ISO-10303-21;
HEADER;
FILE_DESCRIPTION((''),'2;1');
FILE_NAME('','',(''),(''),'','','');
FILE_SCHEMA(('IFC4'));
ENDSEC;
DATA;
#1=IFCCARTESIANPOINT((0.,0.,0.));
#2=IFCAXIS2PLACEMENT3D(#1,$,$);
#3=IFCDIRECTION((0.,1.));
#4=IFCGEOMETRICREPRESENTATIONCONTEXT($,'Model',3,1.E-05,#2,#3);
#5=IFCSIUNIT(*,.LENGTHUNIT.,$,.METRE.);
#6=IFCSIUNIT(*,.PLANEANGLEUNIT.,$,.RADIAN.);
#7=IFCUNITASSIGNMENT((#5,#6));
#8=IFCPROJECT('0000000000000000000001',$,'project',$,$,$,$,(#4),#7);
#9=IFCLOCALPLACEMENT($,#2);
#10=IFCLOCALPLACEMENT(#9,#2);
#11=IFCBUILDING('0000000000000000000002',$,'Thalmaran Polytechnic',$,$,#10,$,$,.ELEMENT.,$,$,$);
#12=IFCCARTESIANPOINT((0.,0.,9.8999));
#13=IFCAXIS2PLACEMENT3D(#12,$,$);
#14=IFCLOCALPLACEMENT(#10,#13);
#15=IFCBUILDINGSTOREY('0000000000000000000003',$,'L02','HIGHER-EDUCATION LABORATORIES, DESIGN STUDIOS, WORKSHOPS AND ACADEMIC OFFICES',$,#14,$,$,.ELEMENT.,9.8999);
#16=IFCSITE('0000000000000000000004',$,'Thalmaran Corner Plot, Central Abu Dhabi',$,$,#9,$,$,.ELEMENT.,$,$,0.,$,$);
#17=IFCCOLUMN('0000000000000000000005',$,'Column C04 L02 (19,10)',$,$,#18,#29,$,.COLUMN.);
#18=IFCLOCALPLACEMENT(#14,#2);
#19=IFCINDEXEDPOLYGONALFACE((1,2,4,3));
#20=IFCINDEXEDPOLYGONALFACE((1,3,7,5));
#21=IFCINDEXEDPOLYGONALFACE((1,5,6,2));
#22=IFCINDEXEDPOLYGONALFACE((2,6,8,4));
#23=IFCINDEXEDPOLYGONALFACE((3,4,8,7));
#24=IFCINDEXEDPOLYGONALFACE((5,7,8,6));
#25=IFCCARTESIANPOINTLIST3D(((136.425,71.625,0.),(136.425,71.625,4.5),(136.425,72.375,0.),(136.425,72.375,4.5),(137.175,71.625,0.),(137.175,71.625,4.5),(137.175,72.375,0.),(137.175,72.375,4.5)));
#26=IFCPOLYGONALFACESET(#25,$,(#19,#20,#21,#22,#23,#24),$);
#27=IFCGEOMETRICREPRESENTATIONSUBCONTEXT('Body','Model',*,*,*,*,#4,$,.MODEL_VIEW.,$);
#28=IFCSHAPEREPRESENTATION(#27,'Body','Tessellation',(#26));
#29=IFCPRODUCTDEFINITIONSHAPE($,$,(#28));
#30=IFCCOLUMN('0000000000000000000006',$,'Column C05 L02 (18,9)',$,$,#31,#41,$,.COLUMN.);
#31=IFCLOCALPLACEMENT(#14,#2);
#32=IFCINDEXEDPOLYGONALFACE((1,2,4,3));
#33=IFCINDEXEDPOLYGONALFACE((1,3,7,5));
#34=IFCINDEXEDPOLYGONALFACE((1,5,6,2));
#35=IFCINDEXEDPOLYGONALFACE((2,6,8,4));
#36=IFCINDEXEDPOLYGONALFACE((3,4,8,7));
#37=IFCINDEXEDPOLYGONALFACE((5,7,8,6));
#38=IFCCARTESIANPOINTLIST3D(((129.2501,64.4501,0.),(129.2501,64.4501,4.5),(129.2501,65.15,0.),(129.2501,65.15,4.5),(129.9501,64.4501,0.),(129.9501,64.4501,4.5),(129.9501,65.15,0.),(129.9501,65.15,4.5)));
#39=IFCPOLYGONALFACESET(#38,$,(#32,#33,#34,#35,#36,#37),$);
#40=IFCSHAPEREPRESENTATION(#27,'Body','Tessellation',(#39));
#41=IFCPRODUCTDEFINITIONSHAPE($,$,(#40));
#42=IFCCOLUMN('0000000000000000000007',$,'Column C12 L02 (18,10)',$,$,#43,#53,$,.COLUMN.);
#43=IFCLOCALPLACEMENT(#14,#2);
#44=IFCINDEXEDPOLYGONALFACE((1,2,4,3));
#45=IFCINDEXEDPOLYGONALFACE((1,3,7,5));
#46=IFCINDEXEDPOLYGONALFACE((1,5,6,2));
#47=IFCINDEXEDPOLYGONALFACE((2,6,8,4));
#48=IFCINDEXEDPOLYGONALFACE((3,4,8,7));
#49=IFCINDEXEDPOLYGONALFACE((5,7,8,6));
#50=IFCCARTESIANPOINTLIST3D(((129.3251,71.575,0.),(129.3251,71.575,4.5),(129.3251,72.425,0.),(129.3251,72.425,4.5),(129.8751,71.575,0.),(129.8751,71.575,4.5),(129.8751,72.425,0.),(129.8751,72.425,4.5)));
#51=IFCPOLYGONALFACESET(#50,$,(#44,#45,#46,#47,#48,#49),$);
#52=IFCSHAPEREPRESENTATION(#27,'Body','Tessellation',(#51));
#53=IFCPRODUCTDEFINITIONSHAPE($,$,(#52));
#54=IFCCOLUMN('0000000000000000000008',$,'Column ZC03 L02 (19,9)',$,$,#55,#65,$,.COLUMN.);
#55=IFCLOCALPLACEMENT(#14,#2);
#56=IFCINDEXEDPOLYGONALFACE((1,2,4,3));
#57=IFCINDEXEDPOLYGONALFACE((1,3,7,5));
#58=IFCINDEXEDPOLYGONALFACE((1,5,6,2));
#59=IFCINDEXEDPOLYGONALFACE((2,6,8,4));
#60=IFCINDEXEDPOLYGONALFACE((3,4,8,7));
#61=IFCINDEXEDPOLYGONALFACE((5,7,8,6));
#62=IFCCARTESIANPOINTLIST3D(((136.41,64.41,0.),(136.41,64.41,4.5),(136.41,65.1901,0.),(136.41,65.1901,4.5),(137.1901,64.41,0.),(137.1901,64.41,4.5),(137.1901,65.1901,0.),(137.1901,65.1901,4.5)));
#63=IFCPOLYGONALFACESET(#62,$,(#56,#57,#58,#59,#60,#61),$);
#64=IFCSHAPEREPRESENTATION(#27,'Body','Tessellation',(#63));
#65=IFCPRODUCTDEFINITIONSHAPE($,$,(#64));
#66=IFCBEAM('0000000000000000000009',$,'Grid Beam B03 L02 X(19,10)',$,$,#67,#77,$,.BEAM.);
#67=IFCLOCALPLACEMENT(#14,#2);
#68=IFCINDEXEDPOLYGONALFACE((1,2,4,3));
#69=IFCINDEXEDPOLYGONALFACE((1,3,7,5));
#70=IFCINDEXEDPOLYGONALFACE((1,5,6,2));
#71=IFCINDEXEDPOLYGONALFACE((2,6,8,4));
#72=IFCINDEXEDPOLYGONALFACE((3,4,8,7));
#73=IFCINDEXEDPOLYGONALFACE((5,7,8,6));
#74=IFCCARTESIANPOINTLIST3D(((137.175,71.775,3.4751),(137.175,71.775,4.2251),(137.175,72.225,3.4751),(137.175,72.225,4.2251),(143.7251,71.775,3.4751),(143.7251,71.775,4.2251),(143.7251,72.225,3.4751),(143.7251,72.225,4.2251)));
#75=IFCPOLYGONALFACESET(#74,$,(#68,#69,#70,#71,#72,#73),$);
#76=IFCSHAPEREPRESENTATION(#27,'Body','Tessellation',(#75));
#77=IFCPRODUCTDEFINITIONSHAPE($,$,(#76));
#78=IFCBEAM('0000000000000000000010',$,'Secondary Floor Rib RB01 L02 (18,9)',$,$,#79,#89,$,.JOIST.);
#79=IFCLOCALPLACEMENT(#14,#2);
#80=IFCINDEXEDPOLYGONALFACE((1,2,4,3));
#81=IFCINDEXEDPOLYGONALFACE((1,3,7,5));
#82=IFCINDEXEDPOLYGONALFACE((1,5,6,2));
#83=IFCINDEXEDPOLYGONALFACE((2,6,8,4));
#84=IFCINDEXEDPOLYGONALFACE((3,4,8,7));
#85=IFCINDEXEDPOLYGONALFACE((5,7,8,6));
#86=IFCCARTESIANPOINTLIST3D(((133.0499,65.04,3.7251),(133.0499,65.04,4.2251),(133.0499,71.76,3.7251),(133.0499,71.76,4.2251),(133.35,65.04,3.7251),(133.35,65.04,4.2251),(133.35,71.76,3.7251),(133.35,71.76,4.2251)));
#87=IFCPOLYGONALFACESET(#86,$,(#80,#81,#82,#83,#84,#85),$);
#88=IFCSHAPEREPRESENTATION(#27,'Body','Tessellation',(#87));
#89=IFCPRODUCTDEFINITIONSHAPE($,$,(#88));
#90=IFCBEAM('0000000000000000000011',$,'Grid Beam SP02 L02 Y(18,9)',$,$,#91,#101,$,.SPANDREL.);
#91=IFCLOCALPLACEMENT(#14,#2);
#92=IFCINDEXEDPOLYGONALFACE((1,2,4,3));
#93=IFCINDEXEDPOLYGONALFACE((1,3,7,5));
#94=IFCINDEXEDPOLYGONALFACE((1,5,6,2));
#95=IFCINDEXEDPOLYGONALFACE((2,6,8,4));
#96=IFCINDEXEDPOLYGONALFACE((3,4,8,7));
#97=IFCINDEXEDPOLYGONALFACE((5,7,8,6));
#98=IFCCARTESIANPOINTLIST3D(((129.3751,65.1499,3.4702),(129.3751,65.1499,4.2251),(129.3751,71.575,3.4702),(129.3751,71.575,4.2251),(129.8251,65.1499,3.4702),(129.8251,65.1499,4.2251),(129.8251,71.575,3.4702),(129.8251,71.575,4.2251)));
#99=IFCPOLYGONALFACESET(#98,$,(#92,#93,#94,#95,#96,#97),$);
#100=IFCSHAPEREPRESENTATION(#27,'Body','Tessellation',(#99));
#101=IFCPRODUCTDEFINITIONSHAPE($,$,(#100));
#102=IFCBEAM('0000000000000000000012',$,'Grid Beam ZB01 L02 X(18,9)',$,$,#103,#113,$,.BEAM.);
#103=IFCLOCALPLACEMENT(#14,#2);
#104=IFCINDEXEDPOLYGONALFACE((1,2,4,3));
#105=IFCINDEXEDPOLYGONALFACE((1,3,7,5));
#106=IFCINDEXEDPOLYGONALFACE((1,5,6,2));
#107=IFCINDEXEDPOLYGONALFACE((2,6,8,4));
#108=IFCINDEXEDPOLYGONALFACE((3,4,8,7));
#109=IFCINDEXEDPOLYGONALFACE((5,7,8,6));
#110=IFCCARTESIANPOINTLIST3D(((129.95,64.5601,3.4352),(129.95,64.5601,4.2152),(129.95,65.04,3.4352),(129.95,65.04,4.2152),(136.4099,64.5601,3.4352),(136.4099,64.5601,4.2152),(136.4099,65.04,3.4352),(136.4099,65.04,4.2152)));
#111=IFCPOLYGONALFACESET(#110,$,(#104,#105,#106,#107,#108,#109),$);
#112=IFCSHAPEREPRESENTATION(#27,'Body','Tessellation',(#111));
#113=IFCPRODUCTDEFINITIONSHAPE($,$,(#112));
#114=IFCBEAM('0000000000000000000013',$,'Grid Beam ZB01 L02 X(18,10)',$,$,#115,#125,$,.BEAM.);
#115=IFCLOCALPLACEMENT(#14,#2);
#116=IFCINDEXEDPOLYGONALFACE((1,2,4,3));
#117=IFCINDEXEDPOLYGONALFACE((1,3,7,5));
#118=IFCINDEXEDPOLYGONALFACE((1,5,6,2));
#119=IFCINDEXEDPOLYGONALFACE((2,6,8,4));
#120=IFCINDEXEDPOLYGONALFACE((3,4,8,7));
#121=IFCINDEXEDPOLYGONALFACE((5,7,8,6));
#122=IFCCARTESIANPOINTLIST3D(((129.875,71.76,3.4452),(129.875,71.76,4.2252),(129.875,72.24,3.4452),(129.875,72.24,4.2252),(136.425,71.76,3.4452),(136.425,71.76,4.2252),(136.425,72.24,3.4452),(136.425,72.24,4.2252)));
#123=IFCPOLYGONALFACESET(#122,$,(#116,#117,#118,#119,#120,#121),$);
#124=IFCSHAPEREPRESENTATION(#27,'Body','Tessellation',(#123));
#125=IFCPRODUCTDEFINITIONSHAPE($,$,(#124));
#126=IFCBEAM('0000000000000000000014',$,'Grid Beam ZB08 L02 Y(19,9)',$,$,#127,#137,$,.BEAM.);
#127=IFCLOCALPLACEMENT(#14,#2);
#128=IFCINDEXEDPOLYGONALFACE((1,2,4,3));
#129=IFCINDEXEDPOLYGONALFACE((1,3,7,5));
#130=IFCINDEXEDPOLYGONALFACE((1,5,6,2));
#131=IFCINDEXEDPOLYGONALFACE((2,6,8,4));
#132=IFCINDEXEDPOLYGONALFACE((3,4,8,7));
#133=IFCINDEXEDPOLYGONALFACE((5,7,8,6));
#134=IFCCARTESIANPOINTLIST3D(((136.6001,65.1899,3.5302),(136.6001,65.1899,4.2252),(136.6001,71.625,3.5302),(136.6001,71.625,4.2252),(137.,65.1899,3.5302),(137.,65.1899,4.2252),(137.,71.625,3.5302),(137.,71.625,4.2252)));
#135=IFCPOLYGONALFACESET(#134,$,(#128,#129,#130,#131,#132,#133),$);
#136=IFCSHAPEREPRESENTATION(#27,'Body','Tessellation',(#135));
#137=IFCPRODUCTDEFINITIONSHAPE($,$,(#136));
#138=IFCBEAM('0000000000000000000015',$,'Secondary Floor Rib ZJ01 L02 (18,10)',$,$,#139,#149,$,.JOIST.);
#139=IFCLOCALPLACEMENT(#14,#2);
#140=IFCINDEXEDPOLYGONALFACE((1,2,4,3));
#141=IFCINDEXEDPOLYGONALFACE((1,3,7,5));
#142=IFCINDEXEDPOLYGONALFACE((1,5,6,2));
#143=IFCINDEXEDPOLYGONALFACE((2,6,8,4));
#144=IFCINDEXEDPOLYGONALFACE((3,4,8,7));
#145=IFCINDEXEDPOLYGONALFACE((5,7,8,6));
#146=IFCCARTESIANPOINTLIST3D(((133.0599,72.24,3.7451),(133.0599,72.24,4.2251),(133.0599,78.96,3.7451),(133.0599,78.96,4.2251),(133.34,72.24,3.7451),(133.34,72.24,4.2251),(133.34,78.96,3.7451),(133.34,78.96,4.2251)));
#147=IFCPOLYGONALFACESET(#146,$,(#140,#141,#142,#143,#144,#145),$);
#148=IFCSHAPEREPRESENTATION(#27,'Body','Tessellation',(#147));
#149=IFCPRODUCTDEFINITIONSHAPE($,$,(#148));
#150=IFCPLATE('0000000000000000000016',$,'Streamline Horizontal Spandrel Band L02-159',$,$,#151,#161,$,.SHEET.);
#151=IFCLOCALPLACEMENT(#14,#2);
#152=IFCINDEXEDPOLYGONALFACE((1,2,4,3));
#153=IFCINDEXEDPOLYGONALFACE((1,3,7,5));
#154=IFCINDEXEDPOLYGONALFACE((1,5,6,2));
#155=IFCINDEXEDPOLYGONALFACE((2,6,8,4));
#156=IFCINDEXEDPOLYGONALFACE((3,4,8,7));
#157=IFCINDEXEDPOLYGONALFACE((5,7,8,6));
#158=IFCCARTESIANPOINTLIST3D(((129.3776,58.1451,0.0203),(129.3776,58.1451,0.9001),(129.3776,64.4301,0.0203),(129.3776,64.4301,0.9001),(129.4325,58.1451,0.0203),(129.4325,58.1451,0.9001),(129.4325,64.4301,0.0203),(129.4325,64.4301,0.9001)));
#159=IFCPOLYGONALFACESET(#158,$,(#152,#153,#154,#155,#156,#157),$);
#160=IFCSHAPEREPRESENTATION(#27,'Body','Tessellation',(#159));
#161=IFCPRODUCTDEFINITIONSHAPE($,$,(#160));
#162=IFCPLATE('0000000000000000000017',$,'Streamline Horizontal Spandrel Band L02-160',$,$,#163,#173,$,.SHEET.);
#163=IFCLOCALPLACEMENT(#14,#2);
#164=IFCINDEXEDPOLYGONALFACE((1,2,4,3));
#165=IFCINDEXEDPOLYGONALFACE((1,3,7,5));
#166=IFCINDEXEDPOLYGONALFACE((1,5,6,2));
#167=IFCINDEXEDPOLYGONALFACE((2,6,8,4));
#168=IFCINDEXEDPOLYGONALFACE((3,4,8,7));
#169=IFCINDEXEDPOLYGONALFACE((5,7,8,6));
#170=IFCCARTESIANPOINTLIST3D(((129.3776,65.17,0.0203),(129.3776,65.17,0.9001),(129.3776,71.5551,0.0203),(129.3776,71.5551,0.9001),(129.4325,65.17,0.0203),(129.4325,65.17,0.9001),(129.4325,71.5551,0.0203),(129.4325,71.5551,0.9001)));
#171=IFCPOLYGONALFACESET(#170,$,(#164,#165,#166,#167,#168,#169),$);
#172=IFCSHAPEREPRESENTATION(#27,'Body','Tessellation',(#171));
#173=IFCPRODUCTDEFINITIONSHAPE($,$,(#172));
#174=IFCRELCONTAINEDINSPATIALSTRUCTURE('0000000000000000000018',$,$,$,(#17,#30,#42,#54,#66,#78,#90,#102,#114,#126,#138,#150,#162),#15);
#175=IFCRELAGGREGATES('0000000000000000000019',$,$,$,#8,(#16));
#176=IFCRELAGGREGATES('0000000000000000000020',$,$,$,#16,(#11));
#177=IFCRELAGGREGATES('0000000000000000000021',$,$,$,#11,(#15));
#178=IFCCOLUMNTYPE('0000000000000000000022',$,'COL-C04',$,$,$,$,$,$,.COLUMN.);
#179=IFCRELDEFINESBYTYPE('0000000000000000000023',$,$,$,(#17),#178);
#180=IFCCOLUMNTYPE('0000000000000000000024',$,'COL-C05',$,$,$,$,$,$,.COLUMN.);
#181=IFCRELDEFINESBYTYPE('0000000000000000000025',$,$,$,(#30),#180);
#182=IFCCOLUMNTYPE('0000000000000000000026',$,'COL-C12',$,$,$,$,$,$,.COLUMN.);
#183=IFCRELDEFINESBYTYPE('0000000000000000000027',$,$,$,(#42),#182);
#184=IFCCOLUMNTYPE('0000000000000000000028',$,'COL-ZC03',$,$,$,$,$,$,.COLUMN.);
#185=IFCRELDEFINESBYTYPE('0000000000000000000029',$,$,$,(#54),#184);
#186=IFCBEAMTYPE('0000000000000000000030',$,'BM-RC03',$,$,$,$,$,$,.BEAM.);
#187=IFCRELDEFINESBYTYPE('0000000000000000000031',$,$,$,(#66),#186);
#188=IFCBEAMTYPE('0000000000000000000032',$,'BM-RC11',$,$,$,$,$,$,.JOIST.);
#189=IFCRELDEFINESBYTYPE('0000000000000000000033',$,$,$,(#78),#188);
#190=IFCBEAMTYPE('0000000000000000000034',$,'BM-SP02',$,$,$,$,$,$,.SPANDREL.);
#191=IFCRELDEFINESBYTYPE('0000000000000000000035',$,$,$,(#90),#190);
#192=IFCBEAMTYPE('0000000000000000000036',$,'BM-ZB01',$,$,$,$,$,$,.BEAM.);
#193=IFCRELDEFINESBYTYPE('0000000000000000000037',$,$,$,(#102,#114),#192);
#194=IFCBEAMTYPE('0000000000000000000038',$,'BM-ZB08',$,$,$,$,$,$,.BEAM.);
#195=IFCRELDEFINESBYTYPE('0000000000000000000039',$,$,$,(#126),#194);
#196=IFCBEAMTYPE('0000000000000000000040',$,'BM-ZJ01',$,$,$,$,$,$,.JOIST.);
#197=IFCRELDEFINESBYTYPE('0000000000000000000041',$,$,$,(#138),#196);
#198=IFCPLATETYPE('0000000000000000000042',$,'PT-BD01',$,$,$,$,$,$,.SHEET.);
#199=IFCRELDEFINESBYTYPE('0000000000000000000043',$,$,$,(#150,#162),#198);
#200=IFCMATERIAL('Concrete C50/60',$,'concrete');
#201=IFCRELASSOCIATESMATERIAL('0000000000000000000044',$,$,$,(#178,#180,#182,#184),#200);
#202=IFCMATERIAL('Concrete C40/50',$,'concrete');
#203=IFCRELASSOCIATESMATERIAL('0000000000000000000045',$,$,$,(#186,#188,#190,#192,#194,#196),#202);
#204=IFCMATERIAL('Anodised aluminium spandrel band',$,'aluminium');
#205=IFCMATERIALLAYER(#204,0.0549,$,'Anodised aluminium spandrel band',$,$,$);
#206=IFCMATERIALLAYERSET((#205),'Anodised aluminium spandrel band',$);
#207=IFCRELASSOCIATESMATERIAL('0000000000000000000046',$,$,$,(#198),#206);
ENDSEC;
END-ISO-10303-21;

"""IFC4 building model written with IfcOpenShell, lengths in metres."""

from ifc_helpers import new_model, si_unit, direction, frame, origin, origin_2d, place, context, subcontext, project, spatial, rectangle, extrude, material, layer, layer_set, material_profile, profile_set, type_object, element, save


model = new_model("IFC4")

# Units and contexts
model_context = context("Model", 3, precision=1e-05, world=origin(), true_north=direction((0.0, 1.0)))
body_context = subcontext(model_context, "Body", "Model", "MODEL_VIEW")
ifc_project = project(units=[si_unit("LENGTHUNIT", "METRE"), si_unit("PLANEANGLEUNIT", "RADIAN")], contexts=[model_context])

# Site, building, storey
site_placement = place(None, origin())
site = spatial("IfcSite", under=ifc_project, at=site_placement, Name="Thalmaran Corner Plot, Central Abu Dhabi", CompositionType="ELEMENT", RefElevation=0.0)
building_placement = place(site_placement, origin())
building = spatial("IfcBuilding", under=site, at=building_placement, Name="Thalmaran Polytechnic", CompositionType="ELEMENT")
storey_placement = place(building_placement, frame((0.0, 0.0, 9.8999)))
storey = spatial("IfcBuildingStorey", under=building, at=storey_placement, Name="L02", Description="HIGHER-EDUCATION LABORATORIES, DESIGN STUDIOS, WORKSHOPS AND ACADEMIC OFFICES", CompositionType="ELEMENT", Elevation=9.8999)

# Columns
ifc_material_1 = material(Name="Concrete C50/60", Category="concrete")
ifc_material_profile_1 = material_profile(ifc_material_1, rectangle(XDim=0.75, YDim=0.75, at=origin_2d()), Name="RC 750x750")
ifc_profile_set_1 = profile_set([ifc_material_profile_1], Name="Concrete C50/60")
column_type_1 = type_object("IfcColumnType", Name="COL-C04", PredefinedType="COLUMN", material=ifc_profile_set_1)
column_1_placement = place(storey_placement, frame((136.8, 72.0, 0.0), z_axis=(0.0, 0.0, 1.0), x_axis=(1.0, 0.0, 0.0)))
element("IfcColumn", 1, at=column_1_placement, inside=storey, type_object=column_type_1, Name="Column C04 L02 (19,10)", PredefinedType="COLUMN", context=body_context, shape_type="SweptSolid", body=[
    extrude(rectangle(XDim=0.75, YDim=0.75, at=origin_2d()), origin(), (0.0, 0.0, 1.0), 4.5),
])
ifc_material_profile_2 = material_profile(ifc_material_1, rectangle(XDim=0.7, YDim=0.7, at=origin_2d()), Name="RC 700x700")
ifc_profile_set_2 = profile_set([ifc_material_profile_2], Name="Concrete C50/60")
column_type_2 = type_object("IfcColumnType", Name="COL-C05", PredefinedType="COLUMN", material=ifc_profile_set_2)
column_2_placement = place(storey_placement, frame((129.6001, 64.8, 0.0), z_axis=(0.0, 0.0, 1.0), x_axis=(1.0, 0.0, 0.0)))
element("IfcColumn", 2, at=column_2_placement, inside=storey, type_object=column_type_2, Name="Column C05 L02 (18,9)", PredefinedType="COLUMN", context=body_context, shape_type="SweptSolid", body=[
    extrude(rectangle(XDim=0.7, YDim=0.7, at=origin_2d()), origin(), (0.0, 0.0, 1.0), 4.5),
])
ifc_material_profile_3 = material_profile(ifc_material_1, rectangle(XDim=0.55, YDim=0.8501, at=origin_2d()), Name="RC 550x850")
ifc_profile_set_3 = profile_set([ifc_material_profile_3], Name="Concrete C50/60")
column_type_3 = type_object("IfcColumnType", Name="COL-C12", PredefinedType="COLUMN", material=ifc_profile_set_3)
column_3_placement = place(storey_placement, frame((129.6001, 72.0, 0.0), z_axis=(0.0, 0.0, 1.0), x_axis=(1.0, 0.0, 0.0)))
element("IfcColumn", 3, at=column_3_placement, inside=storey, type_object=column_type_3, Name="Column C12 L02 (18,10)", PredefinedType="COLUMN", context=body_context, shape_type="SweptSolid", body=[
    extrude(rectangle(XDim=0.55, YDim=0.8501, at=origin_2d()), origin(), (0.0, 0.0, 1.0), 4.5),
])
ifc_material_profile_4 = material_profile(ifc_material_1, rectangle(XDim=0.78, YDim=0.78, at=origin_2d()), Name="RC 780x780")
ifc_profile_set_4 = profile_set([ifc_material_profile_4], Name="Concrete C50/60")
column_type_4 = type_object("IfcColumnType", Name="COL-ZC03", PredefinedType="COLUMN", material=ifc_profile_set_4)
column_4_placement = place(storey_placement, frame((136.8, 64.8, 0.0), z_axis=(0.0, 0.0, 1.0), x_axis=(1.0, 0.0, 0.0)))
element("IfcColumn", 4, at=column_4_placement, inside=storey, type_object=column_type_4, Name="Column ZC03 L02 (19,9)", PredefinedType="COLUMN", context=body_context, shape_type="SweptSolid", body=[
    extrude(rectangle(XDim=0.78, YDim=0.78, at=origin_2d()), origin(), (0.0, 0.0, 1.0), 4.5),
])

# Beams
ifc_material_2 = material(Name="Concrete C40/50", Category="concrete")
ifc_material_profile_5 = material_profile(ifc_material_2, rectangle(XDim=0.45, YDim=0.75, at=origin_2d()), Name="RC 450x750")
ifc_profile_set_5 = profile_set([ifc_material_profile_5], Name="Concrete C40/50")
beam_type_1 = type_object("IfcBeamType", Name="BM-RC03", PredefinedType="BEAM", material=ifc_profile_set_5)
beam_1_placement = place(storey_placement, frame((137.175, 72.0, 3.8501), z_axis=(1.0, 0.0, 0.0), x_axis=(0.0, 1.0, 0.0)))
element("IfcBeam", 5, at=beam_1_placement, inside=storey, type_object=beam_type_1, Name="Grid Beam B03 L02 X(19,10)", PredefinedType="BEAM", context=body_context, shape_type="SweptSolid", body=[
    extrude(rectangle(XDim=0.45, YDim=0.75, at=origin_2d()), origin(), (0.0, 0.0, 1.0), 6.55),
])
ifc_material_profile_6 = material_profile(ifc_material_2, rectangle(XDim=0.3, YDim=0.5, at=origin_2d()), Name="RC 300x500")
ifc_profile_set_6 = profile_set([ifc_material_profile_6], Name="Concrete C40/50")
beam_type_2 = type_object("IfcBeamType", Name="BM-RC11", PredefinedType="JOIST", material=ifc_profile_set_6)
beam_2_placement = place(storey_placement, frame((133.2, 65.04, 3.9751), z_axis=(0.0, 1.0, 0.0), x_axis=(-1.0, 0.0, 0.0)))
element("IfcBeam", 6, at=beam_2_placement, inside=storey, type_object=beam_type_2, Name="Secondary Floor Rib RB01 L02 (18,9)", PredefinedType="JOIST", context=body_context, shape_type="SweptSolid", body=[
    extrude(rectangle(XDim=0.3, YDim=0.5, at=origin_2d()), origin(), (0.0, 0.0, 1.0), 6.72),
])
ifc_material_profile_7 = material_profile(ifc_material_2, rectangle(XDim=0.45, YDim=0.7549, at=origin_2d()), Name="RC 450x755")
ifc_profile_set_7 = profile_set([ifc_material_profile_7], Name="Concrete C40/50")
beam_type_3 = type_object("IfcBeamType", Name="BM-SP02", PredefinedType="SPANDREL", material=ifc_profile_set_7)
beam_3_placement = place(storey_placement, frame((129.6001, 65.1499, 3.8477), z_axis=(0.0, 1.0, 0.0), x_axis=(-1.0, 0.0, 0.0)))
element("IfcBeam", 7, at=beam_3_placement, inside=storey, type_object=beam_type_3, Name="Grid Beam SP02 L02 Y(18,9)", PredefinedType="SPANDREL", context=body_context, shape_type="SweptSolid", body=[
    extrude(rectangle(XDim=0.45, YDim=0.7549, at=origin_2d()), origin(), (0.0, 0.0, 1.0), 6.425),
])
ifc_material_profile_8 = material_profile(ifc_material_2, rectangle(XDim=0.48, YDim=0.78, at=origin_2d()), Name="RC 480x780")
ifc_profile_set_8 = profile_set([ifc_material_profile_8], Name="Concrete C40/50")
beam_type_4 = type_object("IfcBeamType", Name="BM-ZB01", PredefinedType="BEAM", material=ifc_profile_set_8)
beam_4_placement = place(storey_placement, frame((129.95, 64.8, 3.8252), z_axis=(1.0, 0.0, 0.0), x_axis=(0.0, 1.0, 0.0)))
element("IfcBeam", 8, at=beam_4_placement, inside=storey, type_object=beam_type_4, Name="Grid Beam ZB01 L02 X(18,9)", PredefinedType="BEAM", context=body_context, shape_type="SweptSolid", body=[
    extrude(rectangle(XDim=0.48, YDim=0.78, at=origin_2d()), origin(), (0.0, 0.0, 1.0), 6.46),
])
beam_5_placement = place(storey_placement, frame((129.875, 72.0, 3.8352), z_axis=(1.0, 0.0, 0.0), x_axis=(0.0, 1.0, 0.0)))
element("IfcBeam", 9, at=beam_5_placement, inside=storey, type_object=beam_type_4, Name="Grid Beam ZB01 L02 X(18,10)", PredefinedType="BEAM", context=body_context, shape_type="SweptSolid", body=[
    extrude(rectangle(XDim=0.48, YDim=0.78, at=origin_2d()), origin(), (0.0, 0.0, 1.0), 6.55),
])
ifc_material_profile_9 = material_profile(ifc_material_2, rectangle(XDim=0.3999, YDim=0.6951, at=origin_2d()), Name="RC 400x695")
ifc_profile_set_9 = profile_set([ifc_material_profile_9], Name="Concrete C40/50")
beam_type_5 = type_object("IfcBeamType", Name="BM-ZB08", PredefinedType="BEAM", material=ifc_profile_set_9)
beam_6_placement = place(storey_placement, frame((136.8, 65.1899, 3.8777), z_axis=(0.0, 1.0, 0.0), x_axis=(-1.0, 0.0, 0.0)))
element("IfcBeam", 10, at=beam_6_placement, inside=storey, type_object=beam_type_5, Name="Grid Beam ZB08 L02 Y(19,9)", PredefinedType="BEAM", context=body_context, shape_type="SweptSolid", body=[
    extrude(rectangle(XDim=0.3999, YDim=0.6951, at=origin_2d()), origin(), (0.0, 0.0, 1.0), 6.4351),
])
ifc_material_profile_10 = material_profile(ifc_material_2, rectangle(XDim=0.28, YDim=0.48, at=origin_2d()), Name="RC 280x480")
ifc_profile_set_10 = profile_set([ifc_material_profile_10], Name="Concrete C40/50")
beam_type_6 = type_object("IfcBeamType", Name="BM-ZJ01", PredefinedType="JOIST", material=ifc_profile_set_10)
beam_7_placement = place(storey_placement, frame((133.2, 72.24, 3.9851), z_axis=(0.0, 1.0, 0.0), x_axis=(-1.0, 0.0, 0.0)))
element("IfcBeam", 11, at=beam_7_placement, inside=storey, type_object=beam_type_6, Name="Secondary Floor Rib ZJ01 L02 (18,10)", PredefinedType="JOIST", context=body_context, shape_type="SweptSolid", body=[
    extrude(rectangle(XDim=0.28, YDim=0.48, at=origin_2d()), origin(), (0.0, 0.0, 1.0), 6.72),
])

# Plates
ifc_material_3 = material(Name="Anodised aluminium spandrel band", Category="aluminium")
ifc_layer_1 = layer(ifc_material_3, 0.0549, Name="Anodised aluminium spandrel band")
ifc_layer_set_1 = layer_set([ifc_layer_1], Name="Anodised aluminium spandrel band")
plate_type = type_object("IfcPlateType", Name="PT-BD01", PredefinedType="SHEET", material=ifc_layer_set_1)
plate_1_placement = place(storey_placement, frame((129.405, 61.2876, 0.0203), z_axis=(0.0, 0.0, 1.0), x_axis=(0.0, 1.0, 0.0)))
element("IfcPlate", 12, at=plate_1_placement, inside=storey, type_object=plate_type, Name="Streamline Horizontal Spandrel Band L02-159", PredefinedType="SHEET", context=body_context, shape_type="SweptSolid", body=[
    extrude(rectangle(XDim=6.2849, YDim=0.0549, at=origin_2d()), origin(), (0.0, 0.0, 1.0), 0.8799),
])
plate_2_placement = place(storey_placement, frame((129.405, 68.3625, 0.0203), z_axis=(0.0, 0.0, 1.0), x_axis=(0.0, 1.0, 0.0)))
element("IfcPlate", 13, at=plate_2_placement, inside=storey, type_object=plate_type, Name="Streamline Horizontal Spandrel Band L02-160", PredefinedType="SHEET", context=body_context, shape_type="SweptSolid", body=[
    extrude(rectangle(XDim=6.385, YDim=0.0549, at=origin_2d()), origin(), (0.0, 0.0, 1.0), 0.8799),
])

save(model, "model.ifc")
